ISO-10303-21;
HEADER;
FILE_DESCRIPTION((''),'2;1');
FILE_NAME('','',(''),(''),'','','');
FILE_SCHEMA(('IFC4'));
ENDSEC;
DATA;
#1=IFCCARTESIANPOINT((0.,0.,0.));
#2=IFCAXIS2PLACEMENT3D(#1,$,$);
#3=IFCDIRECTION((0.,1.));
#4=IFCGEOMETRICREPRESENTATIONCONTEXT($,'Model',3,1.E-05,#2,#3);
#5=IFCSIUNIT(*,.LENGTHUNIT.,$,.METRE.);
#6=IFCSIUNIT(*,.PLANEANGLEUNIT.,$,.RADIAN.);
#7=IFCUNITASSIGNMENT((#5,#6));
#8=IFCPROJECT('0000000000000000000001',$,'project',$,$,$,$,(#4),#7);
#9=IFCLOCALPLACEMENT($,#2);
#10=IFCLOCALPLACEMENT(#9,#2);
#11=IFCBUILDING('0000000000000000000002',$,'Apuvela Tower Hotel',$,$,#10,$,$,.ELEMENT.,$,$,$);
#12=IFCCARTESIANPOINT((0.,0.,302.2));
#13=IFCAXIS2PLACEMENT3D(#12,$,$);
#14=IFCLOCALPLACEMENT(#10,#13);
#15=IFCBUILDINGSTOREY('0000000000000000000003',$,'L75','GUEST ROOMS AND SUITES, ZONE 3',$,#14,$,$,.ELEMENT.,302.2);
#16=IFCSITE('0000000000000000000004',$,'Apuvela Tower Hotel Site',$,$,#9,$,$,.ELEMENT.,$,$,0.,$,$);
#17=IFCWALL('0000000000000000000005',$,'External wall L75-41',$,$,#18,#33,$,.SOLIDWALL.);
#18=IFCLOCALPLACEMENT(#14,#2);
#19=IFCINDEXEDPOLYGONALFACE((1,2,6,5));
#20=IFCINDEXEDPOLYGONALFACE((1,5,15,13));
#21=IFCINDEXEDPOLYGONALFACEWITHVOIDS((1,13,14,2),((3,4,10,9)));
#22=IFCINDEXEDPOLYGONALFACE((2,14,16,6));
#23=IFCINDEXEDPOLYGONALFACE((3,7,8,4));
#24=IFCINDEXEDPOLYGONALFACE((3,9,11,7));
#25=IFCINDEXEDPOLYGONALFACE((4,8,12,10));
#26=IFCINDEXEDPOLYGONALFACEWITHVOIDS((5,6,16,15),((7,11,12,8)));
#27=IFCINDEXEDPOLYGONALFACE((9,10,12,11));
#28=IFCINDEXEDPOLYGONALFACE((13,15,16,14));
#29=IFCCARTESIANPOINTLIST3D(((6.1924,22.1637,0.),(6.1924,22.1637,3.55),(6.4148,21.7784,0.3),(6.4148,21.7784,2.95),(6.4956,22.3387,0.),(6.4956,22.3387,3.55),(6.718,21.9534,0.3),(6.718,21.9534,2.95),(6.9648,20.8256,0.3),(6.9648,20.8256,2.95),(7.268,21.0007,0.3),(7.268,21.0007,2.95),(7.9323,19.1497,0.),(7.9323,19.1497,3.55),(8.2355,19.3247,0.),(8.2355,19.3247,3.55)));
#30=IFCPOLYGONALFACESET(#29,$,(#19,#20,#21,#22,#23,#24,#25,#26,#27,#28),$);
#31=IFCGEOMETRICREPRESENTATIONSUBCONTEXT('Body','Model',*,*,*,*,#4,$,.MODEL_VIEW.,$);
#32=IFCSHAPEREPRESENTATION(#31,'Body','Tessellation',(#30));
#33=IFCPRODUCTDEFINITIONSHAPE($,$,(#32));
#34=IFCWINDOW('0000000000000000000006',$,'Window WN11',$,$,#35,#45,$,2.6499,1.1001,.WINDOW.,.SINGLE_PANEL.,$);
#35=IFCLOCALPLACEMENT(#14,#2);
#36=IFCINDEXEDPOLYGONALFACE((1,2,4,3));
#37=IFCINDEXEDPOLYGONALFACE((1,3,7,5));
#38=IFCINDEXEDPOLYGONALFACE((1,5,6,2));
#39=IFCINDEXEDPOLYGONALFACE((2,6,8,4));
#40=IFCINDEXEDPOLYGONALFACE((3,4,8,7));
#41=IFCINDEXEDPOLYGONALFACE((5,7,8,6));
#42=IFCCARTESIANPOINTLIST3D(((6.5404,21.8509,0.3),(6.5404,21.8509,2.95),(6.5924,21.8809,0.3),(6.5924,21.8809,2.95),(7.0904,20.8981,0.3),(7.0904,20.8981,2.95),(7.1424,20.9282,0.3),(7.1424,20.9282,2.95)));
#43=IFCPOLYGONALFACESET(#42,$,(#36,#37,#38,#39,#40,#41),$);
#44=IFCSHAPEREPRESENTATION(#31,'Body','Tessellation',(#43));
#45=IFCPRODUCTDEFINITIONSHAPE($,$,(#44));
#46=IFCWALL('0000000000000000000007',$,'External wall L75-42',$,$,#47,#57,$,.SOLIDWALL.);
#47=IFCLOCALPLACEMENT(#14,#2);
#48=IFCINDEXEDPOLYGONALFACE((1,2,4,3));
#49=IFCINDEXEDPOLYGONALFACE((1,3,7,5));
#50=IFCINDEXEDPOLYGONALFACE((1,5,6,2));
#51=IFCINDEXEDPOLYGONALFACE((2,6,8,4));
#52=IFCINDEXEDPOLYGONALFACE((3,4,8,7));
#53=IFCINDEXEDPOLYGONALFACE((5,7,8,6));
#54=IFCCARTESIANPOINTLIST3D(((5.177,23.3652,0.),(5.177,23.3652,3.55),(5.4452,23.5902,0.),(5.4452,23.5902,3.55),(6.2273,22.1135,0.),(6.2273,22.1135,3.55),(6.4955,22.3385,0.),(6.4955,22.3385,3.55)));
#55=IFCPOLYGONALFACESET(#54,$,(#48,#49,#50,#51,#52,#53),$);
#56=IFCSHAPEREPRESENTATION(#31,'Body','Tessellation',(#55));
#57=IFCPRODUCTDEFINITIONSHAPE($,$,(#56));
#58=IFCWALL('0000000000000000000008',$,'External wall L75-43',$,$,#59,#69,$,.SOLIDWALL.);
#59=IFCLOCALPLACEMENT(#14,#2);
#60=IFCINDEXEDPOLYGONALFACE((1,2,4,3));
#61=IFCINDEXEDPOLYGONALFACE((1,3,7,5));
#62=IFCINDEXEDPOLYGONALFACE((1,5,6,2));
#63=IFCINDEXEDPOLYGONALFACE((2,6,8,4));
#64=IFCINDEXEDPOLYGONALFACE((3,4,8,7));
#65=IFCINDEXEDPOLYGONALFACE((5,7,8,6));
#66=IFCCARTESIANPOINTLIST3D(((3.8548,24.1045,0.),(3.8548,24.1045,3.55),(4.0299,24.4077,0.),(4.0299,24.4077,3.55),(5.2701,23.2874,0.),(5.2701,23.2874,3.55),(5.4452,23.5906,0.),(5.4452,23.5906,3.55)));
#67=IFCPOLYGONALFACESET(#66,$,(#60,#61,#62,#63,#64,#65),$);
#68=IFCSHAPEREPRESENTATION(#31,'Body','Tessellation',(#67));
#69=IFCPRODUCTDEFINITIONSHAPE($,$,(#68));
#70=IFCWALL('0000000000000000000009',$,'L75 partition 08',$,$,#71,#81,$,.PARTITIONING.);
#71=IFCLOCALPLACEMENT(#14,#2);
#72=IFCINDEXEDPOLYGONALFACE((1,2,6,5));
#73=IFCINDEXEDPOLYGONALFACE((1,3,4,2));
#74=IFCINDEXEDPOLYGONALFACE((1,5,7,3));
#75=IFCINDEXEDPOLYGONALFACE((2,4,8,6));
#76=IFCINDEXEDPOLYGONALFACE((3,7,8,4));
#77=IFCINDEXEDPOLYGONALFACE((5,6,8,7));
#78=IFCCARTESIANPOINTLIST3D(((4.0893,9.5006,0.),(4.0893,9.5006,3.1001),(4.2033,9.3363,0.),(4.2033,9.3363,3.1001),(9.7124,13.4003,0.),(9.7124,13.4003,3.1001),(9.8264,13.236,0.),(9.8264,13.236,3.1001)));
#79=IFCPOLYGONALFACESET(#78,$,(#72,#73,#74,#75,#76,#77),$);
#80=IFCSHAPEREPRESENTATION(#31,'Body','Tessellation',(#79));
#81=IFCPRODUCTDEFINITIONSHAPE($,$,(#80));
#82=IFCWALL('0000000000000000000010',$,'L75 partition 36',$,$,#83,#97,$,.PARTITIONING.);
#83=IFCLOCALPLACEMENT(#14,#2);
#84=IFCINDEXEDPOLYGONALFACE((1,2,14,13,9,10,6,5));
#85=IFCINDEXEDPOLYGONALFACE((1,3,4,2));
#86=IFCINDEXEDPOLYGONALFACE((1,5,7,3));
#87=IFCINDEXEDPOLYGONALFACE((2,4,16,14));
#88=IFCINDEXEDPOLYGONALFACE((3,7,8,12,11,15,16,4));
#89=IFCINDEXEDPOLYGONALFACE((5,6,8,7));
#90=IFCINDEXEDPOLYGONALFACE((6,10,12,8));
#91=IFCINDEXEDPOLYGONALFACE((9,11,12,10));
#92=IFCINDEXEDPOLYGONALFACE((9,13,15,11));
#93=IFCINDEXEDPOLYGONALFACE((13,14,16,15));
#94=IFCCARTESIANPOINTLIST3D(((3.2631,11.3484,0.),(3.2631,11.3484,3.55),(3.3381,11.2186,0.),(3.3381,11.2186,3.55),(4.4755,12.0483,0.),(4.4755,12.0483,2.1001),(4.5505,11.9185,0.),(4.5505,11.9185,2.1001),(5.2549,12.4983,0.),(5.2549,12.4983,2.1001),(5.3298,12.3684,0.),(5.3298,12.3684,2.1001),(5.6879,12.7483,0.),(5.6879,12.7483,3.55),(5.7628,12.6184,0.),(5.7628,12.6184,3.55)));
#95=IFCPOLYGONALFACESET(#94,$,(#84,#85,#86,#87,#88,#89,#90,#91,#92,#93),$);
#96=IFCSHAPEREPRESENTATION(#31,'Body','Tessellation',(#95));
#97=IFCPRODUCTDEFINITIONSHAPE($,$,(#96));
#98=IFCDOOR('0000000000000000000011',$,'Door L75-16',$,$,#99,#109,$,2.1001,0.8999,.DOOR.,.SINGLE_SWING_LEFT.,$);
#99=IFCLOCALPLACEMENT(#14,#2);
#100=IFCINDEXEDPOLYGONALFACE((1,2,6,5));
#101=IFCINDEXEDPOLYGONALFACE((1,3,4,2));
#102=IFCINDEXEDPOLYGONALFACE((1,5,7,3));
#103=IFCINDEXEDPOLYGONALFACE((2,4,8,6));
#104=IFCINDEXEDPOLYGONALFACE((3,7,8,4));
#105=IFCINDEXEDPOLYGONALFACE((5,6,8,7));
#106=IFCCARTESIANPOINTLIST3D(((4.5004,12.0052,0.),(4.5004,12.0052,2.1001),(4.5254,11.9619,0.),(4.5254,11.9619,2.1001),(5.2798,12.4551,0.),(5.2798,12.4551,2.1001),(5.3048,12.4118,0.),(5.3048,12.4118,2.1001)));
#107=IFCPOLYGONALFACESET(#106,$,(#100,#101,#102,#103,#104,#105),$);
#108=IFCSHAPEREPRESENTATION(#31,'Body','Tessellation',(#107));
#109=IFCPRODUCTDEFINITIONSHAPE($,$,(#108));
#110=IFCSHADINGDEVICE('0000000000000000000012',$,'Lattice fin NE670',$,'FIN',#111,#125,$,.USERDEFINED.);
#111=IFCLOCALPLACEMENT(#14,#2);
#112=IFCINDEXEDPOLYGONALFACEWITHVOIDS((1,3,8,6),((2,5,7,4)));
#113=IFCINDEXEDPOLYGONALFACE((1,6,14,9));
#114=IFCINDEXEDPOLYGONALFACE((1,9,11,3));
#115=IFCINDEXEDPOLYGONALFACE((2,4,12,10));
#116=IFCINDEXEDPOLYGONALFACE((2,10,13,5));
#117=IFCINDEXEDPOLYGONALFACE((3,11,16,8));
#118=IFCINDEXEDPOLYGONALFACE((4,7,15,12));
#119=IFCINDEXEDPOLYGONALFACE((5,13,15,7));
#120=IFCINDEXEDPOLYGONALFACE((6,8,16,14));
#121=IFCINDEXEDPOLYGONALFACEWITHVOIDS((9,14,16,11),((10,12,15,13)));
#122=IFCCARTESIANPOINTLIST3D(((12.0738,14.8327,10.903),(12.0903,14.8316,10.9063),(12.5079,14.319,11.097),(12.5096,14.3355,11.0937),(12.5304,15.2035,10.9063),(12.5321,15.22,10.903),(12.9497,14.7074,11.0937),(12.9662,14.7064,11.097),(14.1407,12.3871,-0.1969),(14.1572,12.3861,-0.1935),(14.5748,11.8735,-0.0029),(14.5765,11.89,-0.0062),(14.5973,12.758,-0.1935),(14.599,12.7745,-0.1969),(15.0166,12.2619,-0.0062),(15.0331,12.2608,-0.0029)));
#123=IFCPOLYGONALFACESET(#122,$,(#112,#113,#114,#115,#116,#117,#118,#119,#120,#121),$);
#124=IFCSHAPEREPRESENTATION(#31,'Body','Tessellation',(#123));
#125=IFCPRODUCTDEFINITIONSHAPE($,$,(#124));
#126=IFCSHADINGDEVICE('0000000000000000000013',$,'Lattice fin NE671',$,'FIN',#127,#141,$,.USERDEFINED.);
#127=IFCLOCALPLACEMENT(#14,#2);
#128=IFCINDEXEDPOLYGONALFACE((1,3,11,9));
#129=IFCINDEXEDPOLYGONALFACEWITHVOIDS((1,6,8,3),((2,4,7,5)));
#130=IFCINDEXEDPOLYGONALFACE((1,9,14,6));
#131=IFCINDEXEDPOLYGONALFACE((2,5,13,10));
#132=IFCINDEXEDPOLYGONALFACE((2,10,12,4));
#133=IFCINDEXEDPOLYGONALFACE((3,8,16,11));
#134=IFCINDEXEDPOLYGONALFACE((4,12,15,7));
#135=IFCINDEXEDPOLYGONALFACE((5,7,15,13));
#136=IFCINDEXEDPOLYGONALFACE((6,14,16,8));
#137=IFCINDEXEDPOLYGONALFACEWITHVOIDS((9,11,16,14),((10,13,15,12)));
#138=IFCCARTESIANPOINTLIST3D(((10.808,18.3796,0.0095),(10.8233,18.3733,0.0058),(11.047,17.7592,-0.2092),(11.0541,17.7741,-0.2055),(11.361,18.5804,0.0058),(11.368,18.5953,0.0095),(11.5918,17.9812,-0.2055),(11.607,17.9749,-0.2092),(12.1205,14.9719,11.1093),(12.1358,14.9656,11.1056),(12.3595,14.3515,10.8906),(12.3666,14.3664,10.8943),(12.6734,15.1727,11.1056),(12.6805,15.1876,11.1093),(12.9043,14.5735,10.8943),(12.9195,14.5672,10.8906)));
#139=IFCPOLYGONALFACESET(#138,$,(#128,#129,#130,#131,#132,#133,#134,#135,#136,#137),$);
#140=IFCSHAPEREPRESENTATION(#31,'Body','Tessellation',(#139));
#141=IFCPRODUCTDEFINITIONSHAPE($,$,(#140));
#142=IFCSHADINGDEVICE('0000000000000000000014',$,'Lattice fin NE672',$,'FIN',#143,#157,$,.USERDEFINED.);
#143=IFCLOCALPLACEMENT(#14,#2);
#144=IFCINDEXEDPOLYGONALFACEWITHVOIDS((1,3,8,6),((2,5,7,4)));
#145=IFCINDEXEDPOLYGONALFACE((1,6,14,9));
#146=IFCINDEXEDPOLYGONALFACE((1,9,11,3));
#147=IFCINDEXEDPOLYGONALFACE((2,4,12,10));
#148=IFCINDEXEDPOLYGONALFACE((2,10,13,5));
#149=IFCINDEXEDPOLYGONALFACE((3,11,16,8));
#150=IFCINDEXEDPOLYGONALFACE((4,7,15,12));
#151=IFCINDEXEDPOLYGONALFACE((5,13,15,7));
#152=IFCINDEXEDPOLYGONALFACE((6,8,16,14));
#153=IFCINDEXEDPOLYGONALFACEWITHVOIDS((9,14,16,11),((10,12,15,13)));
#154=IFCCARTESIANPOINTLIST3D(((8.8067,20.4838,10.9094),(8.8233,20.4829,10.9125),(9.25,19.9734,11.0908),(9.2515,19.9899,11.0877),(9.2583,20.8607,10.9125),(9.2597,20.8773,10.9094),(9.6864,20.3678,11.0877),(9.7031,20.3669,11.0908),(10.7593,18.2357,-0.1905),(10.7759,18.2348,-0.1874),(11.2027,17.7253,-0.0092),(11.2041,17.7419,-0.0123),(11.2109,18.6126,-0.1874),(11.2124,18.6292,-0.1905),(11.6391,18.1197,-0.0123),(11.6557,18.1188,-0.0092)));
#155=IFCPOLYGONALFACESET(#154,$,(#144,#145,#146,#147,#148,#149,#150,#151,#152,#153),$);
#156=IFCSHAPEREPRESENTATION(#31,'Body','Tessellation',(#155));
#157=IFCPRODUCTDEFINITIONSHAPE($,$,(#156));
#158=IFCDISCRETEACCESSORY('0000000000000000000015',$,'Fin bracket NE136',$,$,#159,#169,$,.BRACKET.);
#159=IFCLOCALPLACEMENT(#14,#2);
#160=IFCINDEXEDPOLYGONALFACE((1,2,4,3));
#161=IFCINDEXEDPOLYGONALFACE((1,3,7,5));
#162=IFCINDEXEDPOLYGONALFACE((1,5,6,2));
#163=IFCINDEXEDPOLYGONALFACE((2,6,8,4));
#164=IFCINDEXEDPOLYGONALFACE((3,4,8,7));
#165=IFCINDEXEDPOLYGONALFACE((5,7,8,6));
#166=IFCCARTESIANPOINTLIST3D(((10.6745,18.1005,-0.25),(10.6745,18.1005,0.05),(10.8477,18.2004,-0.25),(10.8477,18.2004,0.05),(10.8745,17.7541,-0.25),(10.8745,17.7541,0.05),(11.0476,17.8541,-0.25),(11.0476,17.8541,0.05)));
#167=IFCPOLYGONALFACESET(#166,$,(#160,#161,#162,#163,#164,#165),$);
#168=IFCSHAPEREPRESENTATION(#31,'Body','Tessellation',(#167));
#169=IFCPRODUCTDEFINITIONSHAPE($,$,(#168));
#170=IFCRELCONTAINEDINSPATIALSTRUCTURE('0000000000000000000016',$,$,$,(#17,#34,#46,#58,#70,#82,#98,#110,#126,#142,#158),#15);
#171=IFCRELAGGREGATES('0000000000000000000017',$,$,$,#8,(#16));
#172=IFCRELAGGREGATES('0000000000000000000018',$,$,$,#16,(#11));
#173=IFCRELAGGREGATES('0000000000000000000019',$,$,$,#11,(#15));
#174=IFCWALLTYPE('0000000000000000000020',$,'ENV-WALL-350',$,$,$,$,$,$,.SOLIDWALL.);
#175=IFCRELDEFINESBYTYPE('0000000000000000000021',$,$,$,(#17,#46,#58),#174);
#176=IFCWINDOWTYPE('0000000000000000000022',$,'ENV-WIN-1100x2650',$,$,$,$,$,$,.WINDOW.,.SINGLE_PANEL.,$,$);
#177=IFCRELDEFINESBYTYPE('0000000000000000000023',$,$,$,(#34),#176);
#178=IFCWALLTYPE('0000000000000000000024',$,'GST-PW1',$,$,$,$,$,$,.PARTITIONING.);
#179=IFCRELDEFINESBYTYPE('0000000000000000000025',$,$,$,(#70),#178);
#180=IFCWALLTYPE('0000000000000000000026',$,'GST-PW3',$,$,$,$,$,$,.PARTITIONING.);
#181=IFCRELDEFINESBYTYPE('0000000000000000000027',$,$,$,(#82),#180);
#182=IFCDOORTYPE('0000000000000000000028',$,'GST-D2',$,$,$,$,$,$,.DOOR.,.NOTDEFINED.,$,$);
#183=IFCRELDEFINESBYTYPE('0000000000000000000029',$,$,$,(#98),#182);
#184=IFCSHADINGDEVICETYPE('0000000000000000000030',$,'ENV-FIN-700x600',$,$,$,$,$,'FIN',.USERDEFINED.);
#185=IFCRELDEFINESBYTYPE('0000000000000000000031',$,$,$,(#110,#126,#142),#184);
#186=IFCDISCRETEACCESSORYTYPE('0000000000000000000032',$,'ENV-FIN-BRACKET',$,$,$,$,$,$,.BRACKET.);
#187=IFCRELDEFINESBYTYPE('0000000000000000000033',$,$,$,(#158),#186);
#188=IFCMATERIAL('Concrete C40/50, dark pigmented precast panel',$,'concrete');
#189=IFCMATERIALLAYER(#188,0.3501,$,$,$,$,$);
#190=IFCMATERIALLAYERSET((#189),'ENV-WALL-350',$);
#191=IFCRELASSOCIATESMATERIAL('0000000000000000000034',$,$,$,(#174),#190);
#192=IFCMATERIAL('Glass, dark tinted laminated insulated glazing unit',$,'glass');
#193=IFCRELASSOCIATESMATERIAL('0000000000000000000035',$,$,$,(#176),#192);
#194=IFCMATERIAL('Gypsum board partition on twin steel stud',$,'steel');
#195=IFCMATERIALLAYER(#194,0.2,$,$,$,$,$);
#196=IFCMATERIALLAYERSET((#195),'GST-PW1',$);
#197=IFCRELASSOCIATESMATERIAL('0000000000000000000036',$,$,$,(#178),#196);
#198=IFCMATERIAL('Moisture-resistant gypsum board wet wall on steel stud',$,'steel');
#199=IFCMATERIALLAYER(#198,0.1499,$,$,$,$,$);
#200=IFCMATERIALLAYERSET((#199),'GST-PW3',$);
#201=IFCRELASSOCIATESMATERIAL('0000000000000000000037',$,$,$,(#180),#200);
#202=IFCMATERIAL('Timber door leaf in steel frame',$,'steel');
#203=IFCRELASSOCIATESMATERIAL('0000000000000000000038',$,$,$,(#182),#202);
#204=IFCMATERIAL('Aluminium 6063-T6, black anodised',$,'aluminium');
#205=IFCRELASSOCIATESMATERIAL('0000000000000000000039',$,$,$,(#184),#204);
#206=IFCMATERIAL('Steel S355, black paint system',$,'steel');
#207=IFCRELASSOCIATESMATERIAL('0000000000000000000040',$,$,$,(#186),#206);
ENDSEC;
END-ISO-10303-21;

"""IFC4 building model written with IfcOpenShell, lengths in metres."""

from ifc_helpers import new_model, si_unit, direction, frame, frame_2d, origin, origin_2d, place, context, subcontext, project, spatial, rectangle, hollow_rectangle, extrude, material, layer, layer_set, material_profile, profile_set, type_object, element, fill, save


model = new_model("IFC4")

# Units and contexts
model_context = context("Model", 3, precision=1e-05, world=origin(), true_north=direction((0.0, 1.0)))
body_context = subcontext(model_context, "Body", "Model", "MODEL_VIEW")
ifc_project = project(units=[si_unit("LENGTHUNIT", "METRE"), si_unit("PLANEANGLEUNIT", "RADIAN")], contexts=[model_context])

# Site, building, storey
site_placement = place(None, origin())
site = spatial("IfcSite", under=ifc_project, at=site_placement, Name="Apuvela Tower Hotel Site", CompositionType="ELEMENT", RefElevation=0.0)
building_placement = place(site_placement, origin())
building = spatial("IfcBuilding", under=site, at=building_placement, Name="Apuvela Tower Hotel", CompositionType="ELEMENT")
storey_placement = place(building_placement, frame((0.0, 0.0, 302.2)))
storey = spatial("IfcBuildingStorey", under=building, at=storey_placement, Name="L75", Description="GUEST ROOMS AND SUITES, ZONE 3", CompositionType="ELEMENT", Elevation=302.2)

# Shared definitions
ifc_material_1 = material(Name="Concrete C40/50, dark pigmented precast panel", Category="concrete")
ifc_layer_1 = layer(ifc_material_1, 0.3501)
ifc_layer_set_1 = layer_set([ifc_layer_1], Name="ENV-WALL-350")
wall_type_1 = type_object("IfcWallType", Name="ENV-WALL-350", PredefinedType="SOLIDWALL", material=ifc_layer_set_1)

# Shared definitions
ifc_material_2 = material(Name="Glass, dark tinted laminated insulated glazing unit", Category="glass")

# Wall, opening, window
wall_1_placement = place(storey_placement, frame((8.084, 19.2371, 0.0), z_axis=(0.0, 0.0, 1.0), x_axis=(-0.499949, 0.866055, 0.0)))
wall_1 = element("IfcWall", 1, at=wall_1_placement, inside=storey, type_object=wall_type_1, Name="External wall L75-41", PredefinedType="SOLIDWALL", context=body_context, shape_type="SweptSolid", body=[
    extrude(rectangle(XDim=3.4802, YDim=0.3501, at=frame_2d((1.7402, 0.0))), origin(), (0.0, 0.0, 1.0), 3.55),
])
opening_1_placement = place(wall_1_placement, frame((1.9353, 0.0, 0.3)))
opening_1 = element("IfcOpeningElement", 2, at=opening_1_placement, cuts=wall_1, PredefinedType="OPENING", context=body_context, shape_type="SweptSolid", body=[
    extrude(rectangle(XDim=1.1001, YDim=2.6499, at=frame_2d((0.55, 1.325))), frame((0.0, 0.1851, 0.0), z_axis=(0.0, -1.0, 0.0), x_axis=(1.0, 0.0, 0.0)), (0.0, 0.0, 1.0), 0.3701),
])
window_type_1 = type_object("IfcWindowType", Name="ENV-WIN-1100x2650", PartitioningType="SINGLE_PANEL", PredefinedType="WINDOW", material=ifc_material_2)
window_1_placement = place(opening_1_placement, origin())
window_1 = element("IfcWindow", 3, at=window_1_placement, inside=storey, type_object=window_type_1, Name="Window WN11", OverallHeight=2.6499, OverallWidth=1.1001, PartitioningType="SINGLE_PANEL", PredefinedType="WINDOW", context=body_context, shape_type="SweptSolid", body=[
    extrude(rectangle(XDim=1.1001, YDim=2.6499, at=frame_2d((0.55, 1.325))), frame((0.0, 0.03, 0.0), z_axis=(0.0, -1.0, 0.0), x_axis=(1.0, 0.0, 0.0)), (0.0, 0.0, 1.0), 0.0601),
])
fill(opening_1, window_1)

# Walls
wall_2_placement = place(storey_placement, frame((6.3613, 22.2261, 0.0), z_axis=(0.0, 0.0, 1.0), x_axis=(-0.642782, 0.766049, 0.0)))
element("IfcWall", 4, at=wall_2_placement, inside=storey, type_object=wall_type_1, Name="External wall L75-42", PredefinedType="SOLIDWALL", context=body_context, shape_type="SweptSolid", body=[
    extrude(rectangle(XDim=1.634, YDim=0.3501, at=frame_2d((0.8169, 0.0))), origin(), (0.0, 0.0, 1.0), 3.55),
])
wall_3_placement = place(storey_placement, frame((5.3577, 23.439, 0.0), z_axis=(0.0, 0.0, 1.0), x_axis=(-0.866019, 0.500011, 0.0)))
element("IfcWall", 5, at=wall_3_placement, inside=storey, type_object=wall_type_1, Name="External wall L75-43", PredefinedType="SOLIDWALL", context=body_context, shape_type="SweptSolid", body=[
    extrude(rectangle(XDim=1.6343, YDim=0.3501, at=frame_2d((0.8171, 0.0))), origin(), (0.0, 0.0, 1.0), 3.55),
])
ifc_material_3 = material(Name="Gypsum board partition on twin steel stud", Category="steel")
ifc_layer_2 = layer(ifc_material_3, 0.2)
ifc_layer_set_2 = layer_set([ifc_layer_2], Name="GST-PW1")
wall_type_2 = type_object("IfcWallType", Name="GST-PW1", PredefinedType="PARTITIONING", material=ifc_layer_set_2)
wall_4_placement = place(storey_placement, frame((9.7693, 13.3181, 0.0), z_axis=(0.0, 0.0, 1.0), x_axis=(-0.821728, -0.56988, 0.0)))
element("IfcWall", 6, at=wall_4_placement, inside=storey, type_object=wall_type_2, Name="L75 partition 08", PredefinedType="PARTITIONING", context=body_context, shape_type="SweptSolid", body=[
    extrude(rectangle(XDim=6.843, YDim=0.2, at=frame_2d((3.4214, 0.0))), origin(), (0.0, 0.0, 1.0), 3.1001),
])

# Wall, opening, door
ifc_material_4 = material(Name="Moisture-resistant gypsum board wet wall on steel stud", Category="steel")
ifc_layer_3 = layer(ifc_material_4, 0.1499)
ifc_layer_set_3 = layer_set([ifc_layer_3], Name="GST-PW3")
wall_type_3 = type_object("IfcWallType", Name="GST-PW3", PredefinedType="PARTITIONING", material=ifc_layer_set_3)
wall_5_placement = place(storey_placement, frame((5.7253, 12.6833, 0.0), z_axis=(0.0, 0.0, 1.0), x_axis=(-0.866035, -0.499984, 0.0)))
wall_5 = element("IfcWall", 7, at=wall_5_placement, inside=storey, type_object=wall_type_3, Name="L75 partition 36", PredefinedType="PARTITIONING", context=body_context, shape_type="SweptSolid", body=[
    extrude(rectangle(XDim=2.7998, YDim=0.1499, at=frame_2d((1.3999, 0.0))), origin(), (0.0, 0.0, 1.0), 3.55),
])
opening_2_placement = place(wall_5_placement, frame((0.5, 0.0, 0.0)))
opening_2 = element("IfcOpeningElement", 8, at=opening_2_placement, cuts=wall_5, PredefinedType="OPENING", context=body_context, shape_type="SweptSolid", body=[
    extrude(rectangle(XDim=0.8999, YDim=2.1001, at=frame_2d((0.45, 1.05))), frame((0.0, 0.085, 0.0), z_axis=(0.0, -1.0, 0.0), x_axis=(1.0, 0.0, 0.0)), (0.0, 0.0, 1.0), 0.1699),
])
ifc_material_5 = material(Name="Timber door leaf in steel frame", Category="steel")
door_type_1 = type_object("IfcDoorType", Name="GST-D2", OperationType="NOTDEFINED", PredefinedType="DOOR", material=ifc_material_5)
door_1_placement = place(opening_2_placement, origin())
door_1 = element("IfcDoor", 9, at=door_1_placement, inside=storey, type_object=door_type_1, Name="Door L75-16", OperationType="SINGLE_SWING_LEFT", OverallHeight=2.1001, OverallWidth=0.8999, PredefinedType="DOOR", context=body_context, shape_type="SweptSolid", body=[
    extrude(rectangle(XDim=0.8999, YDim=2.1001, at=frame_2d((0.45, 1.05))), frame((0.0, 0.0249, 0.0), z_axis=(0.0, -1.0, 0.0), x_axis=(1.0, 0.0, 0.0)), (0.0, 0.0, 1.0), 0.05),
])
fill(opening_2, door_1)

# Shading devices
ifc_material_6 = material(Name="Aluminium 6063-T6, black anodised", Category="aluminium")
ifc_material_profile_1 = material_profile(ifc_material_6, hollow_rectangle(XDim=0.6001, YDim=0.7, WallThickness=0.012, at=origin_2d()), Name="AL BOX 700x600x12")
ifc_profile_set_1 = profile_set([ifc_material_profile_1], Name="Aluminium 6063-T6, black anodised")
shading_device_type = type_object("IfcShadingDeviceType", Name="ENV-FIN-700x600", ElementType="FIN", PredefinedType="USERDEFINED", material=ifc_profile_set_1)
shading_device_1_placement = place(storey_placement, frame((14.5869, 12.324, -0.0999), z_axis=(-0.178914, 0.211691, 0.960821), x_axis=(-0.763759, -0.645501, 0.0)))
element("IfcShadingDevice", 10, at=shading_device_1_placement, inside=storey, type_object=shading_device_type, Name="Lattice fin NE670", ObjectType="FIN", PredefinedType="USERDEFINED", context=body_context, shape_type="SweptSolid", body=[
    extrude(hollow_rectangle(XDim=0.6001, YDim=0.7, WallThickness=0.012, at=origin_2d()), origin(), (0.0, 0.0, 1.0), 11.5525),
])
shading_device_2_placement = place(storey_placement, frame((11.2075, 18.1772, -0.0999), z_axis=(0.112322, -0.291629, 0.949914), x_axis=(0.933177, 0.359418, 0.0)))
element("IfcShadingDevice", 11, at=shading_device_2_placement, inside=storey, type_object=shading_device_type, Name="Lattice fin NE671", ObjectType="FIN", PredefinedType="USERDEFINED", context=body_context, shape_type="SweptSolid", body=[
    extrude(hollow_rectangle(XDim=0.6001, YDim=0.7, WallThickness=0.012, at=origin_2d()), origin(), (0.0, 0.0, 1.0), 11.6851),
])
shading_device_3_placement = place(storey_placement, frame((11.2075, 18.1772, -0.0999), z_axis=(-0.169908, 0.195613, 0.96585), x_axis=(-0.754969, -0.65576, 0.0)))
element("IfcShadingDevice", 12, at=shading_device_3_placement, inside=storey, type_object=shading_device_type, Name="Lattice fin NE672", ObjectType="FIN", PredefinedType="USERDEFINED", context=body_context, shape_type="SweptSolid", body=[
    extrude(hollow_rectangle(XDim=0.6001, YDim=0.7, WallThickness=0.012, at=origin_2d()), origin(), (0.0, 0.0, 1.0), 11.4924),
])

# Discrete accessory
ifc_material_7 = material(Name="Steel S355, black paint system", Category="steel")
discrete_accessory_type = type_object("IfcDiscreteAccessoryType", Name="ENV-FIN-BRACKET", PredefinedType="BRACKET", material=ifc_material_7)
discrete_accessory_placement = place(storey_placement, frame((10.8611, 17.9773, -0.25), z_axis=(0.0, 0.0, 1.0), x_axis=(-0.5, 0.866025, 0.0)))
element("IfcDiscreteAccessory", 13, at=discrete_accessory_placement, inside=storey, type_object=discrete_accessory_type, Name="Fin bracket NE136", PredefinedType="BRACKET", context=body_context, shape_type="SweptSolid", body=[
    extrude(rectangle(XDim=0.3999, YDim=0.2, at=origin_2d()), origin(), (0.0, 0.0, 1.0), 0.3),
])

save(model, "model.ifc")
